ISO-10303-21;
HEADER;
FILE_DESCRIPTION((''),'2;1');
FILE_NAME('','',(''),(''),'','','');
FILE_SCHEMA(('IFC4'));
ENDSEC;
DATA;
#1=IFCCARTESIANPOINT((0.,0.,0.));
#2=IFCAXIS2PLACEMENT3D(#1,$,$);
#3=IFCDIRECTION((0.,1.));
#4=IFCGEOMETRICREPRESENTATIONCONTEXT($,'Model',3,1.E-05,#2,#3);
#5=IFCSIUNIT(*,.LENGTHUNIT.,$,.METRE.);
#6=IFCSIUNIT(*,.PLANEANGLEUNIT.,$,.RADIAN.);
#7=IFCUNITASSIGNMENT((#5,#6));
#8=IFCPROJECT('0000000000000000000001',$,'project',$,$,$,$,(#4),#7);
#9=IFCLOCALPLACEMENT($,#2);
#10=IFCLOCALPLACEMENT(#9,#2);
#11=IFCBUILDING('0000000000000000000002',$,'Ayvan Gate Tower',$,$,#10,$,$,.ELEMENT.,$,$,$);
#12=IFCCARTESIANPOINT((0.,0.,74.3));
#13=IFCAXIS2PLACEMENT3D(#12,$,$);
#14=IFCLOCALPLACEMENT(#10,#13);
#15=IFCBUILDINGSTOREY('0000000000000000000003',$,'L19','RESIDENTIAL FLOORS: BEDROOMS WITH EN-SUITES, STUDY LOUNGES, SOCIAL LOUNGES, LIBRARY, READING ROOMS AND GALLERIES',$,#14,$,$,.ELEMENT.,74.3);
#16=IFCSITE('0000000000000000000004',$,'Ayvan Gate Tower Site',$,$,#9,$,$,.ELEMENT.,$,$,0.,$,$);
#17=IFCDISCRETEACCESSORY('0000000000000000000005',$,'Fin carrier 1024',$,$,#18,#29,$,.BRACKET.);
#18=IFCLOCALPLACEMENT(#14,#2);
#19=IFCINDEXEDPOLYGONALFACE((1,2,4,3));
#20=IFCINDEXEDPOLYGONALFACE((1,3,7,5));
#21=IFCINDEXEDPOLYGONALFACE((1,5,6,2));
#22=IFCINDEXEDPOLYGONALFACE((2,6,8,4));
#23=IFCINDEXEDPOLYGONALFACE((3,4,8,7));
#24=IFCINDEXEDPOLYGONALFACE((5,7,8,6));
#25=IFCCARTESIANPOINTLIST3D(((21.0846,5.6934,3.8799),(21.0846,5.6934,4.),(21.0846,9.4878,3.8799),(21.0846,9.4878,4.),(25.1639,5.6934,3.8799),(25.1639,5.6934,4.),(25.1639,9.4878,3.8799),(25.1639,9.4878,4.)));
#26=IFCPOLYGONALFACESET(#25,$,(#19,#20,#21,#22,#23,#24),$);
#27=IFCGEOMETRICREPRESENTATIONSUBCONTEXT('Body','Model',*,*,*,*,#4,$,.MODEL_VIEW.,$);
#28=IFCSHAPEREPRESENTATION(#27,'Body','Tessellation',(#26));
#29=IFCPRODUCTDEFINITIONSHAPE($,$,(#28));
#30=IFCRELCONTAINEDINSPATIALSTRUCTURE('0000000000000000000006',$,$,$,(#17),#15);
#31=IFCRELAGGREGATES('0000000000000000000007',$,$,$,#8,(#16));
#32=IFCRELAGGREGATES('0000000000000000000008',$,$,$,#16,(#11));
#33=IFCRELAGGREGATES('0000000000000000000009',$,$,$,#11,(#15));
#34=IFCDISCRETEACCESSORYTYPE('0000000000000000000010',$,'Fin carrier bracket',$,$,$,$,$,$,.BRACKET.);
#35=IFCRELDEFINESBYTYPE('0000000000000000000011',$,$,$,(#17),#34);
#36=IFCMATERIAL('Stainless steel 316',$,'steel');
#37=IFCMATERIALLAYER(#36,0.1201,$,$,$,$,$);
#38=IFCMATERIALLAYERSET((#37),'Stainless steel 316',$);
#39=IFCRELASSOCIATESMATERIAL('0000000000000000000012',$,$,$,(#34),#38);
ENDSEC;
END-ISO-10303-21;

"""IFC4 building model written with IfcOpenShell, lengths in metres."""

from ifc_helpers import new_model, si_unit, direction, frame, origin, origin_2d, place, context, subcontext, project, spatial, rectangle, extrude, material, layer, layer_set, type_object, element, save


model = new_model("IFC4")

# Units and contexts
model_context = context("Model", 3, precision=1e-05, world=origin(), true_north=direction((0.0, 1.0)))
body_context = subcontext(model_context, "Body", "Model", "MODEL_VIEW")
ifc_project = project(units=[si_unit("LENGTHUNIT", "METRE"), si_unit("PLANEANGLEUNIT", "RADIAN")], contexts=[model_context])

# Site, building, storey
site_placement = place(None, origin())
site = spatial("IfcSite", under=ifc_project, at=site_placement, Name="Ayvan Gate Tower Site", CompositionType="ELEMENT", RefElevation=0.0)
building_placement = place(site_placement, origin())
building = spatial("IfcBuilding", under=site, at=building_placement, Name="Ayvan Gate Tower", CompositionType="ELEMENT")
storey_placement = place(building_placement, frame((0.0, 0.0, 74.3)))
storey = spatial("IfcBuildingStorey", under=building, at=storey_placement, Name="L19", Description="RESIDENTIAL FLOORS: BEDROOMS WITH EN-SUITES, STUDY LOUNGES, SOCIAL LOUNGES, LIBRARY, READING ROOMS AND GALLERIES", CompositionType="ELEMENT", Elevation=74.3)

# Discrete accessory
ifc_material_1 = material(Name="Stainless steel 316", Category="steel")
ifc_layer_1 = layer(ifc_material_1, 0.1201)
ifc_layer_set_1 = layer_set([ifc_layer_1], Name="Stainless steel 316")
discrete_accessory_type = type_object("IfcDiscreteAccessoryType", Name="Fin carrier bracket", PredefinedType="BRACKET", material=ifc_layer_set_1)
discrete_accessory_1_placement = place(storey_placement, frame((23.1243, 7.5906, 3.8799), z_axis=(0.0, 0.0, 1.0), x_axis=(0.0, 1.0, 0.0)))
element("IfcDiscreteAccessory", 1, at=discrete_accessory_1_placement, inside=storey, type_object=discrete_accessory_type, Name="Fin carrier 1024", PredefinedType="BRACKET", context=body_context, shape_type="SweptSolid", body=[
    extrude(rectangle(XDim=3.7944, YDim=4.0793, at=origin_2d()), origin(), (0.0, 0.0, 1.0), 0.1201),
])

save(model, "model.ifc")
